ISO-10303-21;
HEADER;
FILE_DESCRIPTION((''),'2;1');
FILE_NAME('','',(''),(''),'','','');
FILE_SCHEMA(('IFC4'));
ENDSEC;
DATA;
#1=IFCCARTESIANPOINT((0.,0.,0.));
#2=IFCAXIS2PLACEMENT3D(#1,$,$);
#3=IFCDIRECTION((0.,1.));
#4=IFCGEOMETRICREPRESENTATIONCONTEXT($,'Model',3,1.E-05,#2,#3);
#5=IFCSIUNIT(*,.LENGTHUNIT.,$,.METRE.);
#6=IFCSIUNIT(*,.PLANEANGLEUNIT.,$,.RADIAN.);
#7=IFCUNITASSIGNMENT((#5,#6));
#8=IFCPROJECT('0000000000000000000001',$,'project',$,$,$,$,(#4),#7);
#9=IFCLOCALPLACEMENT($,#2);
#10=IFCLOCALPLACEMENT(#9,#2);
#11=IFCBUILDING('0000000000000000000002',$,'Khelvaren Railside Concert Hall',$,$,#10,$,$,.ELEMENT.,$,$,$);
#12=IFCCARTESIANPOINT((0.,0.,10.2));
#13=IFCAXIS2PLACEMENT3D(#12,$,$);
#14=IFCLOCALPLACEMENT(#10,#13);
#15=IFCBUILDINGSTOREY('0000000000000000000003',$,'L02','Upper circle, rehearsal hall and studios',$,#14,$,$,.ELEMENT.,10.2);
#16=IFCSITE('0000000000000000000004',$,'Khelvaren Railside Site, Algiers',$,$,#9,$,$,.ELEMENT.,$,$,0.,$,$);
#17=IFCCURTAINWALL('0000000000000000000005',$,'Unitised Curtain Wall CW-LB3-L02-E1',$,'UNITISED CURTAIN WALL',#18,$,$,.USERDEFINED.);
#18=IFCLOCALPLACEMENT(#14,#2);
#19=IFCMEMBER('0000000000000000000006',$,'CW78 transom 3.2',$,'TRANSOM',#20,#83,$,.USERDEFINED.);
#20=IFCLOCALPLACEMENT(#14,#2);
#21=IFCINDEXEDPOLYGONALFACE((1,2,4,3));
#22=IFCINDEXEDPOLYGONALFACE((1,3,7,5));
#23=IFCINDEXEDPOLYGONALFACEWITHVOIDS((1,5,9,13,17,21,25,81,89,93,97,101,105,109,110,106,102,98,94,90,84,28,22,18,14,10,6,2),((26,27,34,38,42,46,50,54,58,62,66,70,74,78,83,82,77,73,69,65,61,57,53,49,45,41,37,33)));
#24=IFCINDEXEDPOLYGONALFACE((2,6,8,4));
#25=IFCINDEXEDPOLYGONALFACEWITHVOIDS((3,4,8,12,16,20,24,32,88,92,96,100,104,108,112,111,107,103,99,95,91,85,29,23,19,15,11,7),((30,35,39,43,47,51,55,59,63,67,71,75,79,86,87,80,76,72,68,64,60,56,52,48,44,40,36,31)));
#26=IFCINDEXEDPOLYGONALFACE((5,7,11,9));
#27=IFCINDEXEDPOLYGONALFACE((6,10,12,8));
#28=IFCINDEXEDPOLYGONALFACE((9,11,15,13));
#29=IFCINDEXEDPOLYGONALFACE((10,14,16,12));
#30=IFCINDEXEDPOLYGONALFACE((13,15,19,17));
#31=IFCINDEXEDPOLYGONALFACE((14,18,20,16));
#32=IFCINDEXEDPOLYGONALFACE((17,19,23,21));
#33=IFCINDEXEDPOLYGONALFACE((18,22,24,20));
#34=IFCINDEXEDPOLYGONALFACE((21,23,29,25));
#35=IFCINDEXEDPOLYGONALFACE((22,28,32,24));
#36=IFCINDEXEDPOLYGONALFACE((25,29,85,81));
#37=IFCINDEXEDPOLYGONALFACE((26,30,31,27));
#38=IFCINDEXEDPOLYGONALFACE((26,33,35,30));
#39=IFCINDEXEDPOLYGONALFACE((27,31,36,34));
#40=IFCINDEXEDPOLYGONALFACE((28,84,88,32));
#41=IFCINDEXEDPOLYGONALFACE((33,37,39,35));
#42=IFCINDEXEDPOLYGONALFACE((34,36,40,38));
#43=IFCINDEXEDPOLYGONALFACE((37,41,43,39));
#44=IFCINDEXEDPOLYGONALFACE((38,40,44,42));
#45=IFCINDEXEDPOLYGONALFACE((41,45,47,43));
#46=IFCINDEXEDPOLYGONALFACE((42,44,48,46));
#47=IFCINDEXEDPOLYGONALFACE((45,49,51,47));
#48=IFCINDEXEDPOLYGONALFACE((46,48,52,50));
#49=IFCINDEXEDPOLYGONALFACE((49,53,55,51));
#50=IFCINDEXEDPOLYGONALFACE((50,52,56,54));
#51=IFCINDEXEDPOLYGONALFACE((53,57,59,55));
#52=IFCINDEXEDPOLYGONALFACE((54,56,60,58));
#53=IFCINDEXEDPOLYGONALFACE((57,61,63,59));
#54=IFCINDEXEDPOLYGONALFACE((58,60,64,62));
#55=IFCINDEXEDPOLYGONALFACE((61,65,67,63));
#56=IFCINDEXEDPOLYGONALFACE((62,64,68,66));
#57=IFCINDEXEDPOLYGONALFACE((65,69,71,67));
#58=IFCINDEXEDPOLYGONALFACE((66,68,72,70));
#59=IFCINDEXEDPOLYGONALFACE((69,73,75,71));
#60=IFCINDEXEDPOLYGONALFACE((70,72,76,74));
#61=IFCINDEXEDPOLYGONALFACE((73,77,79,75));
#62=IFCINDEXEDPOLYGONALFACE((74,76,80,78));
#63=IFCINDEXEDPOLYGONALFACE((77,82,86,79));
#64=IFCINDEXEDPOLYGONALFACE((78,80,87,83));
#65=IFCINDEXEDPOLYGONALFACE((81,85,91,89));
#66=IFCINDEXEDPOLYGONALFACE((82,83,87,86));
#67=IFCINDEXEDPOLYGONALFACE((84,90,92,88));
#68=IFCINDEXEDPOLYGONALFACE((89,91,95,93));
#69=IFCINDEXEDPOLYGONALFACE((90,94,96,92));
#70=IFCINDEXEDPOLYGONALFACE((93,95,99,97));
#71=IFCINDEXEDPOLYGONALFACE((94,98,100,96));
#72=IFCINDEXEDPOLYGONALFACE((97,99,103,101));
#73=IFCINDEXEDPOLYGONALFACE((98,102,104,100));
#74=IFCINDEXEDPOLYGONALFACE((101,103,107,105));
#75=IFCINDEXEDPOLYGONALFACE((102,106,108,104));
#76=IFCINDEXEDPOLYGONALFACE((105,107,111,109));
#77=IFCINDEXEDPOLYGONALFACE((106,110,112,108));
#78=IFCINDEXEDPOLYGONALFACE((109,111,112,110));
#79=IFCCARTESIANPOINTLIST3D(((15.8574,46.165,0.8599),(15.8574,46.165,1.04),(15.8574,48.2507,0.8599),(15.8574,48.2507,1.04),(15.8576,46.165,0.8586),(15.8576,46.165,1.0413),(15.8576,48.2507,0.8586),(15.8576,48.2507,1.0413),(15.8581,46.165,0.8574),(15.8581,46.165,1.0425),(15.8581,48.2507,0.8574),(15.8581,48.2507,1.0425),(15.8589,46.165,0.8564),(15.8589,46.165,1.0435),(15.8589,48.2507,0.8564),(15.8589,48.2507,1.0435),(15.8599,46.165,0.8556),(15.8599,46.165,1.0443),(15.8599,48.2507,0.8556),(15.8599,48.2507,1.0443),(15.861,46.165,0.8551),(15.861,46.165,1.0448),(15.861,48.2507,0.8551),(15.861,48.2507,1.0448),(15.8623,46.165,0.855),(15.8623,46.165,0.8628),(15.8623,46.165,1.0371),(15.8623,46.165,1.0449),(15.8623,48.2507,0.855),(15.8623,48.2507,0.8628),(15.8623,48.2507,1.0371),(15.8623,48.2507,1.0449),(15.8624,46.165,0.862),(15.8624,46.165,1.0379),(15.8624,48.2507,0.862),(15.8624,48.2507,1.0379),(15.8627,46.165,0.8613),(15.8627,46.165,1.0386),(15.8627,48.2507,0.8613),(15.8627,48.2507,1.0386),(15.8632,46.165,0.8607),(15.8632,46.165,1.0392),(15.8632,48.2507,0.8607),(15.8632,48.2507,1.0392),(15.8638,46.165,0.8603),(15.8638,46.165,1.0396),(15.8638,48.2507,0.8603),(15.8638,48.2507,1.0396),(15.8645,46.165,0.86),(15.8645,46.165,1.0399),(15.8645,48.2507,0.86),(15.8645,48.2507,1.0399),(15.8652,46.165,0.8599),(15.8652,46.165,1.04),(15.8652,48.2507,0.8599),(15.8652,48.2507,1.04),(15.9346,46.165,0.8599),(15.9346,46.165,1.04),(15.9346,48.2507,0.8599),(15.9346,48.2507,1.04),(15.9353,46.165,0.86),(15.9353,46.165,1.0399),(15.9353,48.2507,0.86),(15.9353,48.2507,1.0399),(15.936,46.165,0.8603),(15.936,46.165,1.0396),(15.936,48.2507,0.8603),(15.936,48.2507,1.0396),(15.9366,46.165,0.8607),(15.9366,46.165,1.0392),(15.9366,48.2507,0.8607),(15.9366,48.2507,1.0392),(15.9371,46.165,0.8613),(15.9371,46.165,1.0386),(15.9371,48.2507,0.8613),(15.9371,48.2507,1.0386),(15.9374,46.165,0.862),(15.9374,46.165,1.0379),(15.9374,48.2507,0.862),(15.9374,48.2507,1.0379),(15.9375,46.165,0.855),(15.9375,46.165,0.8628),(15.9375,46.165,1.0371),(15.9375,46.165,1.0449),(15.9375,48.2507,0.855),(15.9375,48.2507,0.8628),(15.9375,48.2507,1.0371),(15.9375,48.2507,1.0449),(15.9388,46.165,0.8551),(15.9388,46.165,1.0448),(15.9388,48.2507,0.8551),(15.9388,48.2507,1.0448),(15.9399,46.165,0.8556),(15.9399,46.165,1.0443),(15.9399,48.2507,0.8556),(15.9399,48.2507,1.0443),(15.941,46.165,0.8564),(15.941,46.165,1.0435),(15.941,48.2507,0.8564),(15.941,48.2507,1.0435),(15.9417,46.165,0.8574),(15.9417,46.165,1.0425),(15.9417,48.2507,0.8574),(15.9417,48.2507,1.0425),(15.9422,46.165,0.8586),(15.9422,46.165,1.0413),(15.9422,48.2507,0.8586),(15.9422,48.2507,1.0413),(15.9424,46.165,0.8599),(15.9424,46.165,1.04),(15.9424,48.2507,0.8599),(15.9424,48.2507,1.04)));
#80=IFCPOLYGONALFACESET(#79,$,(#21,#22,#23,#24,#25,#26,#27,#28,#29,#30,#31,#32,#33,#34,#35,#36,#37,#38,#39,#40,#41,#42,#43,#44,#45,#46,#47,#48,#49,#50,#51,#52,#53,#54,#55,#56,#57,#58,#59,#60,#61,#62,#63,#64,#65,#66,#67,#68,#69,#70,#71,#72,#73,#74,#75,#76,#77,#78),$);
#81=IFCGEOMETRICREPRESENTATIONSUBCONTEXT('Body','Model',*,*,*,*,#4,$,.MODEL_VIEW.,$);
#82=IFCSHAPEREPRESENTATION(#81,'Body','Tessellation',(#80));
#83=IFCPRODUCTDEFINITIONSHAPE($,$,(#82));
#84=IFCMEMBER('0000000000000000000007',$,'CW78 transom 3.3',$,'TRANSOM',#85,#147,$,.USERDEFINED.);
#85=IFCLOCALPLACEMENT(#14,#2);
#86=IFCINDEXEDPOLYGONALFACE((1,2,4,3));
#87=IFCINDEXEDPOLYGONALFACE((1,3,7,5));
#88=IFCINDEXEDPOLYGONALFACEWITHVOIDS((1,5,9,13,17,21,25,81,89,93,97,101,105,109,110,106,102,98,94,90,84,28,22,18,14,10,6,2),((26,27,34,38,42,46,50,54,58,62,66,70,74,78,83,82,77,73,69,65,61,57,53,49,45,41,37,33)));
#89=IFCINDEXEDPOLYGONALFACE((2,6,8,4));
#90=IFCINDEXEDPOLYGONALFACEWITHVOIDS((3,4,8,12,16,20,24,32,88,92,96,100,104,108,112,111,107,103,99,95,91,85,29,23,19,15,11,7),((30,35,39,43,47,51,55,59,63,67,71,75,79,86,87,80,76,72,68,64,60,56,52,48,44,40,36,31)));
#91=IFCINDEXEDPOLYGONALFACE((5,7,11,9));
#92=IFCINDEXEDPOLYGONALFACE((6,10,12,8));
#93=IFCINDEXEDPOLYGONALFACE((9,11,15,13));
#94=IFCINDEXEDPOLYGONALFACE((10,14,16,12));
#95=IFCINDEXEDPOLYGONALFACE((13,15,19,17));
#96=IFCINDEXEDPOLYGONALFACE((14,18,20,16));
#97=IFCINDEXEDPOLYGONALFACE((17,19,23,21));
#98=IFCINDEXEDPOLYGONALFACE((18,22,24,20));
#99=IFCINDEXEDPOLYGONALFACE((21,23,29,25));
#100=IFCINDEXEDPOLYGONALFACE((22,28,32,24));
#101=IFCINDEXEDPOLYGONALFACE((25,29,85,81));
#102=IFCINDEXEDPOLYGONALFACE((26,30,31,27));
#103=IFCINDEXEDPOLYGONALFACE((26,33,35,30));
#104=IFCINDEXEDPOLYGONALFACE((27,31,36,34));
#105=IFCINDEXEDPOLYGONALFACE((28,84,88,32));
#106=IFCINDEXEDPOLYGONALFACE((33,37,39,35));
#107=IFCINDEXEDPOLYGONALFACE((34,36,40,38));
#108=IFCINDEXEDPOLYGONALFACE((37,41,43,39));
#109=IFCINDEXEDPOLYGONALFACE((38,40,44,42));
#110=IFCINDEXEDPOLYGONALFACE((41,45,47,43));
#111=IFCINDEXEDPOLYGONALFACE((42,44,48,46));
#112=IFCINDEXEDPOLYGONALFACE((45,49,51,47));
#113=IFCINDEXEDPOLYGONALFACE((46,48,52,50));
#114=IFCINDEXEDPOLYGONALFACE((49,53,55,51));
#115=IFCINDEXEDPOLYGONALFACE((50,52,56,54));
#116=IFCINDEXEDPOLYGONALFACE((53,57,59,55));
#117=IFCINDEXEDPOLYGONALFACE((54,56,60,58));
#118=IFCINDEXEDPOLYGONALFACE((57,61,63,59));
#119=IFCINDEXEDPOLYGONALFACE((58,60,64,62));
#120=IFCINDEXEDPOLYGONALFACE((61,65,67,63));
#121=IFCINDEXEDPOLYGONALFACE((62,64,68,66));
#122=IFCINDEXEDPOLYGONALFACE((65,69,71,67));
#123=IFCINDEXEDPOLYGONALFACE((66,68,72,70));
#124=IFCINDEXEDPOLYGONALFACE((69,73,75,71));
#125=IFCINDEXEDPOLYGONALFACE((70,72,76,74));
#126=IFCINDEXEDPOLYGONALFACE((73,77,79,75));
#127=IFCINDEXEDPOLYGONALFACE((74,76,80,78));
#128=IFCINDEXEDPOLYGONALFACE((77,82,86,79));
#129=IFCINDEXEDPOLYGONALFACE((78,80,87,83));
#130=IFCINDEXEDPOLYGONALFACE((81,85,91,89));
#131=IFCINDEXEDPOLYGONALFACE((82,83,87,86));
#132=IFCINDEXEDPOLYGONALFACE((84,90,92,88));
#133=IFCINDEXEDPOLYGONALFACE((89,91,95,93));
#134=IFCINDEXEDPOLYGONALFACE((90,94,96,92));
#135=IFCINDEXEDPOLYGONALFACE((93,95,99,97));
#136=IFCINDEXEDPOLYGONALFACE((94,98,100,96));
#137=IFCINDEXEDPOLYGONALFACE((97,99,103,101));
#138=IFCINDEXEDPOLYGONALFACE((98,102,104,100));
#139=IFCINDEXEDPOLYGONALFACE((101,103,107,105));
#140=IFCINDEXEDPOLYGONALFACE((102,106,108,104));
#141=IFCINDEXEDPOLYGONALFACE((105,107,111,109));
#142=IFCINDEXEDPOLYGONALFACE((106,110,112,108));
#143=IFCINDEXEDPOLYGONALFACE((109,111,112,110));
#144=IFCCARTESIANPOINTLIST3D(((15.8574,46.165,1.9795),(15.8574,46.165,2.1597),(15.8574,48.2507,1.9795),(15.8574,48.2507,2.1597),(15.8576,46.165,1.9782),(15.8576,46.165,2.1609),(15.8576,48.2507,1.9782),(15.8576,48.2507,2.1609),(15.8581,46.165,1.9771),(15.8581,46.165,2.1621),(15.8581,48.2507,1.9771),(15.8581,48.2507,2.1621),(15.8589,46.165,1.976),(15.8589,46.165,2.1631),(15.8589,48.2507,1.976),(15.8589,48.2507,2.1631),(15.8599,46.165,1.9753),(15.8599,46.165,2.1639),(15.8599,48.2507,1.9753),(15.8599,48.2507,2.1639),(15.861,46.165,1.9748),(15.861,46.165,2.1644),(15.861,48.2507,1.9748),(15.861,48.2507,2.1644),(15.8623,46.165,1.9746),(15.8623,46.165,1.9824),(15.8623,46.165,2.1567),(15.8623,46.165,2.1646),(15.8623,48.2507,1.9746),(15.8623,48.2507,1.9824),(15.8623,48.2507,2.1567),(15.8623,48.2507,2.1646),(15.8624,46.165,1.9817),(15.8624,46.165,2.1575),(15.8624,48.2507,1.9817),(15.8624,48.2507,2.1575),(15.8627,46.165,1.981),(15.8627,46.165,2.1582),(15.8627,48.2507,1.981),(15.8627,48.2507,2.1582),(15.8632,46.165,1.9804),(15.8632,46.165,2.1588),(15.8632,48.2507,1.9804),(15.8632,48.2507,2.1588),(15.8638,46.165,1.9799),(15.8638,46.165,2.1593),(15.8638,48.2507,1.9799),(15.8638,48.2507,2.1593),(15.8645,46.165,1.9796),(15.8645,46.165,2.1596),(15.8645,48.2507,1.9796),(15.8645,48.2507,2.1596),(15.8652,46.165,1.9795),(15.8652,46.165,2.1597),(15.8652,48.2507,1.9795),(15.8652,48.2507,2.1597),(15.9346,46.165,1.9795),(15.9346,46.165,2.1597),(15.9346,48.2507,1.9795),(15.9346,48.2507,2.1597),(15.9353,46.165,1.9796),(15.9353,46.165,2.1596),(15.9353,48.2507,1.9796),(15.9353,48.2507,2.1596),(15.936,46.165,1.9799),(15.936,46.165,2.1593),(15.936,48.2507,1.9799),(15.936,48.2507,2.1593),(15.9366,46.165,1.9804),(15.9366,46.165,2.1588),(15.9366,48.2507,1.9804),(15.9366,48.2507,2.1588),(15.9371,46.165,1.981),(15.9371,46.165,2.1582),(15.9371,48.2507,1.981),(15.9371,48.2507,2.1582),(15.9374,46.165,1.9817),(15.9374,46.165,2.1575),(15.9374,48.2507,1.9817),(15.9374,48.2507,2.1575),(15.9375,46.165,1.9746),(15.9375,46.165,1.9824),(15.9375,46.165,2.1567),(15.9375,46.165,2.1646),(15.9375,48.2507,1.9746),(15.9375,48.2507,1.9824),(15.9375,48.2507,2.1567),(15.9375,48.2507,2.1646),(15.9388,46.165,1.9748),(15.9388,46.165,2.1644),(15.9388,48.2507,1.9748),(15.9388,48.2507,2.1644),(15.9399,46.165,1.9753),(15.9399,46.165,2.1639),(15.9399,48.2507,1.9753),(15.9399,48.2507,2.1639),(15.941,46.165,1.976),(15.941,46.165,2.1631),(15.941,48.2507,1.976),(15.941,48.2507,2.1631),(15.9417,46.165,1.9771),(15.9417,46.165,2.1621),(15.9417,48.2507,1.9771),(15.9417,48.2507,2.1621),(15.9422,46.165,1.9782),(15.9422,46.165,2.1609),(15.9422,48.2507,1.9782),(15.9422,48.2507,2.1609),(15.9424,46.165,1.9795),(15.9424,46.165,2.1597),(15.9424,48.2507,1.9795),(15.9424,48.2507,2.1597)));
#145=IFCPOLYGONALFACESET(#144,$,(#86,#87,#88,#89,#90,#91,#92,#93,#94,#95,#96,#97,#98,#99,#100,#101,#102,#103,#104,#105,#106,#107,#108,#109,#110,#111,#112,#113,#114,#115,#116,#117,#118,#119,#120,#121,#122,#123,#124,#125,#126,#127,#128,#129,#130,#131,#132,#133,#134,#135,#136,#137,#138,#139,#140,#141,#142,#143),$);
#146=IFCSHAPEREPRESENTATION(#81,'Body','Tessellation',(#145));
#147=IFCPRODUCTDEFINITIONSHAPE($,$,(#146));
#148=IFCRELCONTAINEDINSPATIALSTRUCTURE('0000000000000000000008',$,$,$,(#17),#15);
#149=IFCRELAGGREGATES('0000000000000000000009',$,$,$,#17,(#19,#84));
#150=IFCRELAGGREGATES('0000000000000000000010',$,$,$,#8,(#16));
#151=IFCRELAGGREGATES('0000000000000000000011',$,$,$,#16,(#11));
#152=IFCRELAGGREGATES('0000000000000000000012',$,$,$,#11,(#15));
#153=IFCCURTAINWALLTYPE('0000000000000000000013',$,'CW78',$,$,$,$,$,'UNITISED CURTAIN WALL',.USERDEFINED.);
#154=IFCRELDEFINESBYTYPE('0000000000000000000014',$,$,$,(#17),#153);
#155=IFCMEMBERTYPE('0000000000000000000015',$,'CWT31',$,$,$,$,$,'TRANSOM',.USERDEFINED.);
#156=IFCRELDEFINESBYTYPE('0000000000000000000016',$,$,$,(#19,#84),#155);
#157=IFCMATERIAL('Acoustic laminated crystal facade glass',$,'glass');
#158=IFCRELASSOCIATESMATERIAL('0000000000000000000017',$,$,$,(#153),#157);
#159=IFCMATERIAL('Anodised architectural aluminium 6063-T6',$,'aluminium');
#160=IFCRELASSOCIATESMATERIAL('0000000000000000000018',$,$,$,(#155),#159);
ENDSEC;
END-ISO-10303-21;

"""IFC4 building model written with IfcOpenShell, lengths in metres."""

from ifc_helpers import new_model, si_unit, direction, frame, origin, origin_2d, place, context, subcontext, project, spatial, hollow_rectangle, extrude, material, material_profile, profile_set, type_object, element, aggregate, save


model = new_model("IFC4")

# Units and contexts
model_context = context("Model", 3, precision=1e-05, world=origin(), true_north=direction((0.0, 1.0)))
body_context = subcontext(model_context, "Body", "Model", "MODEL_VIEW")
ifc_project = project(units=[si_unit("LENGTHUNIT", "METRE"), si_unit("PLANEANGLEUNIT", "RADIAN")], contexts=[model_context])

# Site, building, storey
site_placement = place(None, origin())
site = spatial("IfcSite", under=ifc_project, at=site_placement, Name="Khelvaren Railside Site, Algiers", CompositionType="ELEMENT", RefElevation=0.0)
building_placement = place(site_placement, origin())
building = spatial("IfcBuilding", under=site, at=building_placement, Name="Khelvaren Railside Concert Hall", CompositionType="ELEMENT")
storey_placement = place(building_placement, frame((0.0, 0.0, 10.2)))
storey = spatial("IfcBuildingStorey", under=building, at=storey_placement, Name="L02", Description="Upper circle, rehearsal hall and studios", CompositionType="ELEMENT", Elevation=10.2)

# Curtain wall, members
ifc_material_1 = material(Name="Acoustic laminated crystal facade glass", Category="glass")
curtain_wall_type = type_object("IfcCurtainWallType", Name="CW78", ElementType="UNITISED CURTAIN WALL", PredefinedType="USERDEFINED", material=ifc_material_1)
curtain_wall_placement = place(storey_placement, origin())
curtain_wall = element("IfcCurtainWall", 1, at=curtain_wall_placement, inside=storey, type_object=curtain_wall_type, Name="Unitised Curtain Wall CW-LB3-L02-E1", ObjectType="UNITISED CURTAIN WALL", PredefinedType="USERDEFINED")
ifc_material_2 = material(Name="Anodised architectural aluminium 6063-T6", Category="aluminium")
ifc_material_profile_1 = material_profile(ifc_material_2, hollow_rectangle(XDim=0.085, YDim=0.1899, WallThickness=0.0049, InnerFilletRadius=0.0029, OuterFilletRadius=0.0049, at=origin_2d()), Name="CWT 85x190x5")
ifc_profile_set_1 = profile_set([ifc_material_profile_1], Name="Anodised architectural aluminium 6063-T6")
member_type_1 = type_object("IfcMemberType", Name="CWT31", ElementType="TRANSOM", PredefinedType="USERDEFINED", material=ifc_profile_set_1)
member_1_placement = place(storey_placement, frame((15.8999, 48.2507, 0.95), z_axis=(0.0, -1.0, 0.0), x_axis=(1.0, 0.0, 0.0)))
member_1 = element("IfcMember", 2, at=member_1_placement, type_object=member_type_1, Name="CW78 transom 3.2", ObjectType="TRANSOM", PredefinedType="USERDEFINED", context=body_context, shape_type="SweptSolid", body=[
    extrude(hollow_rectangle(XDim=0.085, YDim=0.1899, WallThickness=0.0049, InnerFilletRadius=0.0029, OuterFilletRadius=0.0049, at=origin_2d()), origin(), (0.0, 0.0, 1.0), 2.0857),
])
member_2_placement = place(storey_placement, frame((15.8999, 48.2507, 2.0696), z_axis=(0.0, -1.0, 0.0), x_axis=(1.0, 0.0, 0.0)))
member_2 = element("IfcMember", 3, at=member_2_placement, type_object=member_type_1, Name="CW78 transom 3.3", ObjectType="TRANSOM", PredefinedType="USERDEFINED", context=body_context, shape_type="SweptSolid", body=[
    extrude(hollow_rectangle(XDim=0.085, YDim=0.1899, WallThickness=0.0049, InnerFilletRadius=0.0029, OuterFilletRadius=0.0049, at=origin_2d()), origin(), (0.0, 0.0, 1.0), 2.0857),
])

aggregate(curtain_wall, [member_1, member_2])

save(model, "model.ifc")
